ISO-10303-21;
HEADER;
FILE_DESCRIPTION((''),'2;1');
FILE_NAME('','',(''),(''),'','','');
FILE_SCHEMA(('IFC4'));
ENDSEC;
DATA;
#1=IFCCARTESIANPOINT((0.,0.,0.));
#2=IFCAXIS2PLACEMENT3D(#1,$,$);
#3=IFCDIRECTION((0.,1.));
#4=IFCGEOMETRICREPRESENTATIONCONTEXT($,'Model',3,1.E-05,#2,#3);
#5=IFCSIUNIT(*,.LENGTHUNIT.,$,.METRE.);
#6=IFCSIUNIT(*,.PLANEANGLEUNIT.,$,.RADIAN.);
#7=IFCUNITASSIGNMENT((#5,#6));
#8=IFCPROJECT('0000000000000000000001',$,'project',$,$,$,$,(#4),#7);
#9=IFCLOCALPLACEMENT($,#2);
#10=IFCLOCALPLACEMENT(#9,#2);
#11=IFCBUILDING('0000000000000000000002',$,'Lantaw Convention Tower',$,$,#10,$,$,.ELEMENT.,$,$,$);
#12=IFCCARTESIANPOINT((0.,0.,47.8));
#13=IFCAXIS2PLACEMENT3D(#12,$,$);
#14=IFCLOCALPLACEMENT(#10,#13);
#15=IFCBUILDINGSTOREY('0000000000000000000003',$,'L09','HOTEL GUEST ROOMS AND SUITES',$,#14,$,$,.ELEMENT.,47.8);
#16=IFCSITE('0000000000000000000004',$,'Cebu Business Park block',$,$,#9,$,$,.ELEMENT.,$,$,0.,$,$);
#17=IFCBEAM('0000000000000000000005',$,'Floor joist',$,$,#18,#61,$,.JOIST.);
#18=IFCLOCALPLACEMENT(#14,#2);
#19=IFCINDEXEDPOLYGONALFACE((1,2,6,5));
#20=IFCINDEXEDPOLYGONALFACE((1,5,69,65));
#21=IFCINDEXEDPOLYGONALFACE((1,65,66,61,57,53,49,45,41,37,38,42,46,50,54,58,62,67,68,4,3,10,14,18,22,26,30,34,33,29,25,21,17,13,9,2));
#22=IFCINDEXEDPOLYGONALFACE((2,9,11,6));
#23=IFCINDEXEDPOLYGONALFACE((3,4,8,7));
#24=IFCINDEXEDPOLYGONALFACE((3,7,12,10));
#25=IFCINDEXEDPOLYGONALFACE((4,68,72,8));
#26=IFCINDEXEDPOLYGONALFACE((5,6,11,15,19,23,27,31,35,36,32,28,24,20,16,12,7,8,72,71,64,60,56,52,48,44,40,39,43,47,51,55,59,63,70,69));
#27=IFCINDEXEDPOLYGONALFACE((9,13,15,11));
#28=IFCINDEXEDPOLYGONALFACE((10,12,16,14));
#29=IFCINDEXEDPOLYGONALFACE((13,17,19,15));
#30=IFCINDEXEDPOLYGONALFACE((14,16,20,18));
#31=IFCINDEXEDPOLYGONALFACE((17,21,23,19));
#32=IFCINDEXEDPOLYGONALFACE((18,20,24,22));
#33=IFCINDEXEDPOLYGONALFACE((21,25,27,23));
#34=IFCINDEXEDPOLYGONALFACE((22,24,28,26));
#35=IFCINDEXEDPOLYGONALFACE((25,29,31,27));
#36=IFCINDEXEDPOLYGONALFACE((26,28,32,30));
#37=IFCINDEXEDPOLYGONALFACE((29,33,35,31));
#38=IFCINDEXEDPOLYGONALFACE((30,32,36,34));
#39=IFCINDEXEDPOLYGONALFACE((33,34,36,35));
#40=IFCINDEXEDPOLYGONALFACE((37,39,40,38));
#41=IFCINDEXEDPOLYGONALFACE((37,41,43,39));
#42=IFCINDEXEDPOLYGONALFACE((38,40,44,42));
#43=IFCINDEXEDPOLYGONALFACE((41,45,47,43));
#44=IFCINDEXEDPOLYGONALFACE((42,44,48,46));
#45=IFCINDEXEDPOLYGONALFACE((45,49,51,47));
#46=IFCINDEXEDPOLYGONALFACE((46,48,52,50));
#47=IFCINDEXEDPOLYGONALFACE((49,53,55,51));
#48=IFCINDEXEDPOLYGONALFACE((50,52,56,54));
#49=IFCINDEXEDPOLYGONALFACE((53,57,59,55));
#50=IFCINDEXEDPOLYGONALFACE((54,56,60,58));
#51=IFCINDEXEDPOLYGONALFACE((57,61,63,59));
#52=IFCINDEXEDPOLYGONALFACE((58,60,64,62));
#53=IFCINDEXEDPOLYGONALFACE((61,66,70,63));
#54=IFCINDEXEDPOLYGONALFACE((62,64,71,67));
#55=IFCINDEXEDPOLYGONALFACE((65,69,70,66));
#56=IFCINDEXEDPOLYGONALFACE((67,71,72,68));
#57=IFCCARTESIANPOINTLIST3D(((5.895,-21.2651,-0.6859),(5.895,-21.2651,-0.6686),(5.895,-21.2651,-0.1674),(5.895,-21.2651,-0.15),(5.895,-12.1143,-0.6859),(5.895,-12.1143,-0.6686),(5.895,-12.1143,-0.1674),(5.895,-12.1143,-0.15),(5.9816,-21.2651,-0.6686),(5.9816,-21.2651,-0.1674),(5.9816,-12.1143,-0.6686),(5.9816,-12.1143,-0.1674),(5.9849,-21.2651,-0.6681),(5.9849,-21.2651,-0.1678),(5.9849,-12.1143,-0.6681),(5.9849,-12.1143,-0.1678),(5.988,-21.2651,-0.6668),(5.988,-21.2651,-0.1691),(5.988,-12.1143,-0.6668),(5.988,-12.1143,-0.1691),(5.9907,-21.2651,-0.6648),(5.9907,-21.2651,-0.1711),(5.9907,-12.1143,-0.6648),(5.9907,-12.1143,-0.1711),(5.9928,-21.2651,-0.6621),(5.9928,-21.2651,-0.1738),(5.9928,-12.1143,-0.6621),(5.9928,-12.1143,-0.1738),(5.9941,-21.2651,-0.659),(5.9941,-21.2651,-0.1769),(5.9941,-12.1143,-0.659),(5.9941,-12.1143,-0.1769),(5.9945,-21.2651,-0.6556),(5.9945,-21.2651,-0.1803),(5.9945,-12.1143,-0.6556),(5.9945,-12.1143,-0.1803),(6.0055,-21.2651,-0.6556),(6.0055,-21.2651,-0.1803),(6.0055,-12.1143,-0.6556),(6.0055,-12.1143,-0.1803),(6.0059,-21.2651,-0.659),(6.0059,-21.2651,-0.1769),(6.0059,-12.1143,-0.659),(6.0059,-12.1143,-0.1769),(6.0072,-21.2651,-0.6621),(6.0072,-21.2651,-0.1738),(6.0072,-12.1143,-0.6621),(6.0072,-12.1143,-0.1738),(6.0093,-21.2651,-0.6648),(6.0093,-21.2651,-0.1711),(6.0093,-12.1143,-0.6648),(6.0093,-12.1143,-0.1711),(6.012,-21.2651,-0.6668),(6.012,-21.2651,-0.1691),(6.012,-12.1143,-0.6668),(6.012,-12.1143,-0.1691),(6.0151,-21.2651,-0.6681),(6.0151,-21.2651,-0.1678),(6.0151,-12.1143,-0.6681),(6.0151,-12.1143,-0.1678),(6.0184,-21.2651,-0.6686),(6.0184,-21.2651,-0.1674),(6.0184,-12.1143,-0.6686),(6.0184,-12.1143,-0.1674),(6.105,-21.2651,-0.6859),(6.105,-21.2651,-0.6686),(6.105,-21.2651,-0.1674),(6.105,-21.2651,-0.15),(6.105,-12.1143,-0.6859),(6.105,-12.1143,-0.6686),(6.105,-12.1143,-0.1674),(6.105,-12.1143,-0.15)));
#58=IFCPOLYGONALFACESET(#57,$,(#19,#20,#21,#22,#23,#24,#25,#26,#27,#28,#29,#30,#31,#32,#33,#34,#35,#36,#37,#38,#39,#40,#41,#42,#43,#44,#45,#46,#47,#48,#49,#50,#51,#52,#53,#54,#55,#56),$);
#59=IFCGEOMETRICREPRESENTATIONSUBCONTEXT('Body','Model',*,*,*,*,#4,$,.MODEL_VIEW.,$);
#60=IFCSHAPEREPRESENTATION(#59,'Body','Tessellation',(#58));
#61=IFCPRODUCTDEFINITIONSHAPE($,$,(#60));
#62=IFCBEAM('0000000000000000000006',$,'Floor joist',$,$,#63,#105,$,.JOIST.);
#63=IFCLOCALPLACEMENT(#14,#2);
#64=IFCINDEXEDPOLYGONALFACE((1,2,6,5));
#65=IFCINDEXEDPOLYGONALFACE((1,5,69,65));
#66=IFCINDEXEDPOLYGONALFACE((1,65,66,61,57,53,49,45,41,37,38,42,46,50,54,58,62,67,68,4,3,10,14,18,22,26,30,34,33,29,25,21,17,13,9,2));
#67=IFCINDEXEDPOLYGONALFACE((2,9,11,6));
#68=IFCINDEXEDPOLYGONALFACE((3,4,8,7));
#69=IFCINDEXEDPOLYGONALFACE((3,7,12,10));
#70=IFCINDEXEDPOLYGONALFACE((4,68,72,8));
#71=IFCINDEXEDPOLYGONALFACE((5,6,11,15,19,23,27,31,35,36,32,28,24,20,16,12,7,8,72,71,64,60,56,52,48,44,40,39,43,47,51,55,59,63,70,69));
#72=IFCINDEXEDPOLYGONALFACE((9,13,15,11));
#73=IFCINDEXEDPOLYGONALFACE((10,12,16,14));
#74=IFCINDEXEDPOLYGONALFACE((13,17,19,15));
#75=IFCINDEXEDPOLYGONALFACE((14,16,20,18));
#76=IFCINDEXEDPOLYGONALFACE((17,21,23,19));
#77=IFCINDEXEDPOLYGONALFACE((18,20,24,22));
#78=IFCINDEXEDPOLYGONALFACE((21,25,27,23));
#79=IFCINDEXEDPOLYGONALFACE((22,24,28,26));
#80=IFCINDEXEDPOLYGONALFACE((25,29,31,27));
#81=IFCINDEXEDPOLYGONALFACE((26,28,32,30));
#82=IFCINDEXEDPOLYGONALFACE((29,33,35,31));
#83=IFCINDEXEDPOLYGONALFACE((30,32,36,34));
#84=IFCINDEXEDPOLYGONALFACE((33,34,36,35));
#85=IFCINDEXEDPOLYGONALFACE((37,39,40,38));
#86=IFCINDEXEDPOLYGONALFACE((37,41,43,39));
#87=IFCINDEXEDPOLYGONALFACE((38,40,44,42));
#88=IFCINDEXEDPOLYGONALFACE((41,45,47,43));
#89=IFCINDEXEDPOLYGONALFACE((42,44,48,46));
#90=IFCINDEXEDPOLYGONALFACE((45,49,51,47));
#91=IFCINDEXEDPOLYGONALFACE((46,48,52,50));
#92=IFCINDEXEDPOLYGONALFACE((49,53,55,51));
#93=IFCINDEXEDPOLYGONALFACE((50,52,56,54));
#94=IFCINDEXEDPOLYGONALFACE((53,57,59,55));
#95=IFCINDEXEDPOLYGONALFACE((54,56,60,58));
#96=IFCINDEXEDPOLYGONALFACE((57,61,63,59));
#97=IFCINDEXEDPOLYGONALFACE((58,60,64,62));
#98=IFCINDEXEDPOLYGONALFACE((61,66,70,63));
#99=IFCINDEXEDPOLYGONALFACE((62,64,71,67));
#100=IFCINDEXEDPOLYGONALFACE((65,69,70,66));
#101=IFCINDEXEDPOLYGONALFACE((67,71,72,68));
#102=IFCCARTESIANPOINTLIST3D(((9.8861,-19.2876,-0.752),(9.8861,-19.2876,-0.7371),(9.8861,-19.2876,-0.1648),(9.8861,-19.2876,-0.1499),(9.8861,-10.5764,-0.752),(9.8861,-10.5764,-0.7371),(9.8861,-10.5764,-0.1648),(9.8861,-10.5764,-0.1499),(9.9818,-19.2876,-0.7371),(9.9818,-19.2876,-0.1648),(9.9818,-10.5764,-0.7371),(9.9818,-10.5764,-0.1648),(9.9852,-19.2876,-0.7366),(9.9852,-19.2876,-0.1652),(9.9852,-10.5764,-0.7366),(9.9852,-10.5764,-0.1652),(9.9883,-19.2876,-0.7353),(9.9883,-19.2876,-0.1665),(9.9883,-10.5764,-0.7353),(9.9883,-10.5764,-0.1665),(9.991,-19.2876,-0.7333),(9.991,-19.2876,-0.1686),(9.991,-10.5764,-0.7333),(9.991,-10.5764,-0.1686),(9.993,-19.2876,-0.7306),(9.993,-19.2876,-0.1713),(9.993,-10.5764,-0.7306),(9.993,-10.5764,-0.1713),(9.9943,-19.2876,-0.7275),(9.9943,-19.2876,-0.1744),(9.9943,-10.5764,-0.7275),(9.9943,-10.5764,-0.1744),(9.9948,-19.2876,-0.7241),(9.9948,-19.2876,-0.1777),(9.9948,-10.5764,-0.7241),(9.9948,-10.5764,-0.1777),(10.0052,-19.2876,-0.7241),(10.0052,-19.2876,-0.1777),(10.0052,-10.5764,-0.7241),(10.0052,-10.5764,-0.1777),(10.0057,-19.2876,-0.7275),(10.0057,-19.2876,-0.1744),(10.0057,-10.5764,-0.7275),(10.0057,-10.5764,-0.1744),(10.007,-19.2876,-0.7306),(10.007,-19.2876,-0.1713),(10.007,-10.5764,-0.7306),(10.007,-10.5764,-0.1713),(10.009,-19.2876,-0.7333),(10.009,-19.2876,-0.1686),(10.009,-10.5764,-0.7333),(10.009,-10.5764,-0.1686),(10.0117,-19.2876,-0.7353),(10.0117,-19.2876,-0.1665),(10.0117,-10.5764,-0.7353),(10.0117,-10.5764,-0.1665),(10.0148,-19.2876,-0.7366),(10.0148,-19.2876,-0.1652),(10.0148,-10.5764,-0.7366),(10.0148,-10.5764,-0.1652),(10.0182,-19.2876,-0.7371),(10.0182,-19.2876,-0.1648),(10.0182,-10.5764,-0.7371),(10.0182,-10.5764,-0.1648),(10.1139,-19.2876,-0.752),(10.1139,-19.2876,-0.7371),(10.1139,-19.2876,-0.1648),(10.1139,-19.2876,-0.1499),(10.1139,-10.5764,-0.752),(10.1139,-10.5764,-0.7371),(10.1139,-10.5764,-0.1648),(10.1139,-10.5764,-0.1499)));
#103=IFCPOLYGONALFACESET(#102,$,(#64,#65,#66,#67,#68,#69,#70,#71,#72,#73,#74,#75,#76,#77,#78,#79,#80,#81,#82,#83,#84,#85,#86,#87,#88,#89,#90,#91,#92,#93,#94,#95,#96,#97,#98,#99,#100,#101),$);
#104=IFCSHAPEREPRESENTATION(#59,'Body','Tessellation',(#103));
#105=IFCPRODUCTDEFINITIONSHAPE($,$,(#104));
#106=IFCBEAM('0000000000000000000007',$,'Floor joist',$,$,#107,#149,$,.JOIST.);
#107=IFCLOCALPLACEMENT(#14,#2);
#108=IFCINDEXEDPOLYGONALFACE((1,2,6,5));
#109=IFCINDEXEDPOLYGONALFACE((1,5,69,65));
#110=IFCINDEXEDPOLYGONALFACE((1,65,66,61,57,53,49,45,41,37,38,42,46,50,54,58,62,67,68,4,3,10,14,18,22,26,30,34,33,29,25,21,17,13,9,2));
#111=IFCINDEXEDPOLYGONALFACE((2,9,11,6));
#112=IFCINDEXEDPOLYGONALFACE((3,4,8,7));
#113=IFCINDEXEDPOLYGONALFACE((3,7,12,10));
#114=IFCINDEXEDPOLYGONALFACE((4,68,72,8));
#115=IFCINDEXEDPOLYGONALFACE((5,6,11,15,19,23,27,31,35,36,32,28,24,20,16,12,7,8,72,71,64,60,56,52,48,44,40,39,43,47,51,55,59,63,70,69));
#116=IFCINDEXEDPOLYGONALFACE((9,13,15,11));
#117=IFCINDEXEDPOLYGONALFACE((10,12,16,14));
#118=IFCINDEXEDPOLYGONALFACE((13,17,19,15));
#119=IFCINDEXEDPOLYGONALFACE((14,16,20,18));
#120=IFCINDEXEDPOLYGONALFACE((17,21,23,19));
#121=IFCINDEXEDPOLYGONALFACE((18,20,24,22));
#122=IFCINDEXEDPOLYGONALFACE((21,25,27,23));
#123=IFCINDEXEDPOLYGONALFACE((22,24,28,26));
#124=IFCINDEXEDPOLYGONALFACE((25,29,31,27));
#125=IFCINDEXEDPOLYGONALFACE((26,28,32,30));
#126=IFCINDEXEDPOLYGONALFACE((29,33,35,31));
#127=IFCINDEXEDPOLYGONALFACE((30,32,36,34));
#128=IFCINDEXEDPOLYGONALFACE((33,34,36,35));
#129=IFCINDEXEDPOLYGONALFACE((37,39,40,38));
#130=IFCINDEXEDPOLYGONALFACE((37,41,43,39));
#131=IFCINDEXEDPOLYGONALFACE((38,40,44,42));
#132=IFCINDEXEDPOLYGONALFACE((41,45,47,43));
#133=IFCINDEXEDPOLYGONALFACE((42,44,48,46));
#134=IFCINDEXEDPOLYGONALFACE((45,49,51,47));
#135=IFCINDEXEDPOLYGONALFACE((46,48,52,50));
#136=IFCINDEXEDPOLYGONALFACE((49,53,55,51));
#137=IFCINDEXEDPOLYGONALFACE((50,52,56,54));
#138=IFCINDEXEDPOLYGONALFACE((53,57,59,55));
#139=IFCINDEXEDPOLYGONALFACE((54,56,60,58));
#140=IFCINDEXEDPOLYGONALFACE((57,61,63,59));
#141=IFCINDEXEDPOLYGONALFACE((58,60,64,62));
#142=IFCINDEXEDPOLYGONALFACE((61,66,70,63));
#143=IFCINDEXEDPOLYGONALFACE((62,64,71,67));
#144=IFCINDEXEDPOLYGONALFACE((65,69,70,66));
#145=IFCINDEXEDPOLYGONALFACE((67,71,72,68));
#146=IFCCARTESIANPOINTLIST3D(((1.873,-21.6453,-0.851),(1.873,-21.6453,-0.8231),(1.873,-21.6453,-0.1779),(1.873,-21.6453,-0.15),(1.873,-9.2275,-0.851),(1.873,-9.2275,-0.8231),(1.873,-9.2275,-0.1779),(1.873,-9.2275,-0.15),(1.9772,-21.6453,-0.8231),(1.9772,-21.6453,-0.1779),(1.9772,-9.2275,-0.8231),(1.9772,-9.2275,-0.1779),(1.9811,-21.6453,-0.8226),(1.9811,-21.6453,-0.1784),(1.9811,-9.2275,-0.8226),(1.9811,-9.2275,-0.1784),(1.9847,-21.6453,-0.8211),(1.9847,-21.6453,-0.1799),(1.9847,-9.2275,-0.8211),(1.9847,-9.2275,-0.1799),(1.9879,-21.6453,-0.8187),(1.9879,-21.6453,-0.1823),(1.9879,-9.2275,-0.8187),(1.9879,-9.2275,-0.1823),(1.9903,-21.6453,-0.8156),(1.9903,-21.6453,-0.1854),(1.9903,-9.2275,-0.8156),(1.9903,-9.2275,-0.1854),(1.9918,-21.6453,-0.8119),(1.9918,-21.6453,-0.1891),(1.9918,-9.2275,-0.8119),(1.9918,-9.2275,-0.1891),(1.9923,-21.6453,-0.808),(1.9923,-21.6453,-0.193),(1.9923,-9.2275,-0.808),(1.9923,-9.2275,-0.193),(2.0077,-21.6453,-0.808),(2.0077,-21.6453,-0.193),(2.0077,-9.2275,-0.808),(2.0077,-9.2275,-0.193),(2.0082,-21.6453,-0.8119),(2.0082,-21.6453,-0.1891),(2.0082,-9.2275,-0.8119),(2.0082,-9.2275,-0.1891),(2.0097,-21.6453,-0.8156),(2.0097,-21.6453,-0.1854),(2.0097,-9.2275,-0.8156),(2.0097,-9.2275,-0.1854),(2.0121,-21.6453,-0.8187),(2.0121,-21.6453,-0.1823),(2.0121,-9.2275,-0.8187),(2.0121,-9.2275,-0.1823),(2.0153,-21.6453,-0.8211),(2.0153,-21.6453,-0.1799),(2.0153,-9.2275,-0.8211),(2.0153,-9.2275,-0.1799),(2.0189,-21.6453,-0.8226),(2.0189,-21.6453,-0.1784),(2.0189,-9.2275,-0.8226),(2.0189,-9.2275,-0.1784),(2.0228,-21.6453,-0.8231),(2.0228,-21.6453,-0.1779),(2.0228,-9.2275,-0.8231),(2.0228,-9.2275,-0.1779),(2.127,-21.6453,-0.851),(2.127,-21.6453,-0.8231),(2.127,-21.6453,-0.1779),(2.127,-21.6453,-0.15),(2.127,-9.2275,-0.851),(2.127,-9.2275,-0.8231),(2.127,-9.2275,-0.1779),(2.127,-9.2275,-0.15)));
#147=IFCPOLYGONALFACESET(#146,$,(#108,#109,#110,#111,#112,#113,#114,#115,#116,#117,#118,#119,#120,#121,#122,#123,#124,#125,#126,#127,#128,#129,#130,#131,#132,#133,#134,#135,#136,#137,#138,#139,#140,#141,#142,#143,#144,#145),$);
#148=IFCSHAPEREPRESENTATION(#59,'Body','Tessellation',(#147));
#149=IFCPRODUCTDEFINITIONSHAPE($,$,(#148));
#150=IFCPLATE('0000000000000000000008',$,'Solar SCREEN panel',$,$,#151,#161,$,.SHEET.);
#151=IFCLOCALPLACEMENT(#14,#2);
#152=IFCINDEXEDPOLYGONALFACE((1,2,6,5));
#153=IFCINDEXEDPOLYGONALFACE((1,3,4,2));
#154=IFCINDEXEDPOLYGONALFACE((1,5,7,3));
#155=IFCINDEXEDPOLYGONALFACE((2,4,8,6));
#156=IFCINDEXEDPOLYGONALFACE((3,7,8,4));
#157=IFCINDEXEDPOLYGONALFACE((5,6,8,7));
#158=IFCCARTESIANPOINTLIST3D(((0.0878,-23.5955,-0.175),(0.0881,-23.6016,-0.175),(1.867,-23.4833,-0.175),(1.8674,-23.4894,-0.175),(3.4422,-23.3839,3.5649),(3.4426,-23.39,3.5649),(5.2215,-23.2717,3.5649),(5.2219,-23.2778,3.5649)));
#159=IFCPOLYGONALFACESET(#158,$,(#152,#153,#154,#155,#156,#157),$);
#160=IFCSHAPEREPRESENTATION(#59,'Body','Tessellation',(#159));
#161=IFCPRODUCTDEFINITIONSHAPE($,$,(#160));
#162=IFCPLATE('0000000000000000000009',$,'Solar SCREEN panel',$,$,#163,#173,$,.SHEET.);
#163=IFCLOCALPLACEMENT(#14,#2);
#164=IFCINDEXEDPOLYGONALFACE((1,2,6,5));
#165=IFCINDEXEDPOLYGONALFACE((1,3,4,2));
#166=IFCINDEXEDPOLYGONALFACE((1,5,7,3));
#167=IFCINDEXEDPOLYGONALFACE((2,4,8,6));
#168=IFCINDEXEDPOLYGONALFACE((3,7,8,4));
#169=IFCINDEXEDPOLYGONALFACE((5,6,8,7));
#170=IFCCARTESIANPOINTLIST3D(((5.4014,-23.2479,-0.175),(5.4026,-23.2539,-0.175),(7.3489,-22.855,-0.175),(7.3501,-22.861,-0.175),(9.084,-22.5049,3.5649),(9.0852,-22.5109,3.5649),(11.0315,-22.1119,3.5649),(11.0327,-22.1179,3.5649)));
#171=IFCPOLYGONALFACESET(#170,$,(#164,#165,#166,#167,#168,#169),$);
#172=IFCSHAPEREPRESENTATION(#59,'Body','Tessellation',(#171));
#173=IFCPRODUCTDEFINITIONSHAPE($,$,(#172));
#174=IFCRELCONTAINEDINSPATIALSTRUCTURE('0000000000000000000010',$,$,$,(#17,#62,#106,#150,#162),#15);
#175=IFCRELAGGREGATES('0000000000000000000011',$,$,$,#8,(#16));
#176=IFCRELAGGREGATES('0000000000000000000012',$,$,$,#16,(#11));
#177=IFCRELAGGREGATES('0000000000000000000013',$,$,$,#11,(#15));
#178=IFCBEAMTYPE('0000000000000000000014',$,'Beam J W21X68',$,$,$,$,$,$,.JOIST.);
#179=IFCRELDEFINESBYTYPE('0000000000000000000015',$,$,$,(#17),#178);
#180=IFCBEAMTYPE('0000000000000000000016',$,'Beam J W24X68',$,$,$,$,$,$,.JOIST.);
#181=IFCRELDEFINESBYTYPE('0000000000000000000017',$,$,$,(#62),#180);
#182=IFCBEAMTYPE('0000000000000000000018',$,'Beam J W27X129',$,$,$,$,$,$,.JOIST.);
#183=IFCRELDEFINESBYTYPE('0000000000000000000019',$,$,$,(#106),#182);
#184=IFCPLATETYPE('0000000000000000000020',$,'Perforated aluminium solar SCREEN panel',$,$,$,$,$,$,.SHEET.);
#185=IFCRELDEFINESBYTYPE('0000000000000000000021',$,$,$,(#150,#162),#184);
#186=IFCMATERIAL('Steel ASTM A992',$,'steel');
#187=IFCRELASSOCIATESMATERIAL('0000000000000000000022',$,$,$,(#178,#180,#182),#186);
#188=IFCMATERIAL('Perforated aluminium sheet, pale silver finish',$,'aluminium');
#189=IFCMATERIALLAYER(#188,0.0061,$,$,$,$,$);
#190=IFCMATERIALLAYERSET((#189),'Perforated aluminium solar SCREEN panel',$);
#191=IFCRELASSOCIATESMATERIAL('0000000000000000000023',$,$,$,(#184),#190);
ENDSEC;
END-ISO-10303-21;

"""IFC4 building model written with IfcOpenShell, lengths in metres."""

from ifc_helpers import new_model, si_unit, direction, frame, origin, origin_2d, place, context, subcontext, project, spatial, polyline, i_section, outline, extrude, material, layer, layer_set, material_profile, profile_set, type_object, element, save


model = new_model("IFC4")

# Units and contexts
model_context = context("Model", 3, precision=1e-05, world=origin(), true_north=direction((0.0, 1.0)))
body_context = subcontext(model_context, "Body", "Model", "MODEL_VIEW")
ifc_project = project(units=[si_unit("LENGTHUNIT", "METRE"), si_unit("PLANEANGLEUNIT", "RADIAN")], contexts=[model_context])

# Site, building, storey
site_placement = place(None, origin())
site = spatial("IfcSite", under=ifc_project, at=site_placement, Name="Cebu Business Park block", CompositionType="ELEMENT", RefElevation=0.0)
building_placement = place(site_placement, origin())
building = spatial("IfcBuilding", under=site, at=building_placement, Name="Lantaw Convention Tower", CompositionType="ELEMENT")
storey_placement = place(building_placement, frame((0.0, 0.0, 47.8)))
storey = spatial("IfcBuildingStorey", under=building, at=storey_placement, Name="L09", Description="HOTEL GUEST ROOMS AND SUITES", CompositionType="ELEMENT", Elevation=47.8)

# Beams
ifc_material_1 = material(Name="Steel ASTM A992", Category="steel")
ifc_material_profile_1 = material_profile(ifc_material_1, i_section(OverallWidth=0.21, OverallDepth=0.5359, WebThickness=0.011, FlangeThickness=0.0173, FilletRadius=0.0129, at=origin_2d()), Name="W21X68")
ifc_profile_set_1 = profile_set([ifc_material_profile_1], Name="Steel ASTM A992")
beam_type_1 = type_object("IfcBeamType", Name="Beam J W21X68", PredefinedType="JOIST", material=ifc_profile_set_1)
beam_1_placement = place(storey_placement, frame((6.0, -21.2651, -0.418), z_axis=(0.0, 1.0, 0.0), x_axis=(-1.0, 0.0, 0.0)))
element("IfcBeam", 1, at=beam_1_placement, inside=storey, type_object=beam_type_1, Name="Floor joist", PredefinedType="JOIST", context=body_context, shape_type="SweptSolid", body=[
    extrude(i_section(OverallWidth=0.21, OverallDepth=0.5359, WebThickness=0.011, FlangeThickness=0.0173, FilletRadius=0.0129, at=origin_2d()), origin(), (0.0, 0.0, 1.0), 9.1509),
])
ifc_material_profile_2 = material_profile(ifc_material_1, i_section(OverallWidth=0.2278, OverallDepth=0.6021, WebThickness=0.0105, FlangeThickness=0.0149, FilletRadius=0.0129, at=origin_2d()), Name="W24X68")
ifc_profile_set_2 = profile_set([ifc_material_profile_2], Name="Steel ASTM A992")
beam_type_2 = type_object("IfcBeamType", Name="Beam J W24X68", PredefinedType="JOIST", material=ifc_profile_set_2)
beam_2_placement = place(storey_placement, frame((10.0, -19.2876, -0.4509), z_axis=(0.0, 1.0, 0.0), x_axis=(-1.0, 0.0, 0.0)))
element("IfcBeam", 2, at=beam_2_placement, inside=storey, type_object=beam_type_2, Name="Floor joist", PredefinedType="JOIST", context=body_context, shape_type="SweptSolid", body=[
    extrude(i_section(OverallWidth=0.2278, OverallDepth=0.6021, WebThickness=0.0105, FlangeThickness=0.0149, FilletRadius=0.0129, at=origin_2d()), origin(), (0.0, 0.0, 1.0), 8.7112),
])
ifc_material_profile_3 = material_profile(ifc_material_1, i_section(OverallWidth=0.2539, OverallDepth=0.7009, WebThickness=0.0154, FlangeThickness=0.0278, FilletRadius=0.0151, at=origin_2d()), Name="W27X129")
ifc_profile_set_3 = profile_set([ifc_material_profile_3], Name="Steel ASTM A992")
beam_type_3 = type_object("IfcBeamType", Name="Beam J W27X129", PredefinedType="JOIST", material=ifc_profile_set_3)
beam_3_placement = place(storey_placement, frame((2.0, -21.6453, -0.5005), z_axis=(0.0, 1.0, 0.0), x_axis=(-1.0, 0.0, 0.0)))
element("IfcBeam", 3, at=beam_3_placement, inside=storey, type_object=beam_type_3, Name="Floor joist", PredefinedType="JOIST", context=body_context, shape_type="SweptSolid", body=[
    extrude(i_section(OverallWidth=0.2539, OverallDepth=0.7009, WebThickness=0.0154, FlangeThickness=0.0278, FilletRadius=0.0151, at=origin_2d()), origin(), (0.0, 0.0, 1.0), 12.4177),
])

# Plates
ifc_material_2 = material(Name="Perforated aluminium sheet, pale silver finish", Category="aluminium")
ifc_layer_1 = layer(ifc_material_2, 0.0061)
ifc_layer_set_1 = layer_set([ifc_layer_1], Name="Perforated aluminium solar SCREEN panel")
plate_type = type_object("IfcPlateType", Name="Perforated aluminium solar SCREEN panel", PredefinedType="SHEET", material=ifc_layer_set_1)
plate_1_placement = place(storey_placement, frame((0.0881, -23.6016, -0.175), z_axis=(0.062924, -0.998018, 0.000014), x_axis=(0.998018, 0.062924, 0.0)))
element("IfcPlate", 4, at=plate_1_placement, inside=storey, type_object=plate_type, Name="Solar SCREEN panel", PredefinedType="SHEET", context=body_context, shape_type="SweptSolid", body=[
    extrude(outline(polyline([(0.0, 0.0), (1.7828, 0.0), (5.144, 3.74), (3.3611, 3.74), (0.0, 0.0)])), origin(), (0.0, 0.0, -1.0), 0.0061),
])
plate_2_placement = place(storey_placement, frame((5.4026, -23.2539, -0.175), z_axis=(0.197782, -0.980246, 0.000002), x_axis=(0.980246, 0.197782, 0.0)))
element("IfcPlate", 5, at=plate_2_placement, inside=storey, type_object=plate_type, Name="Solar SCREEN panel", PredefinedType="SHEET", context=body_context, shape_type="SweptSolid", body=[
    extrude(outline(polyline([(0.0, 0.0), (1.9867, 0.0), (5.7436, 3.74), (3.7568, 3.74), (0.0, 0.0)])), origin(), (0.0, 0.0, -1.0), 0.0061),
])

save(model, "model.ifc")
